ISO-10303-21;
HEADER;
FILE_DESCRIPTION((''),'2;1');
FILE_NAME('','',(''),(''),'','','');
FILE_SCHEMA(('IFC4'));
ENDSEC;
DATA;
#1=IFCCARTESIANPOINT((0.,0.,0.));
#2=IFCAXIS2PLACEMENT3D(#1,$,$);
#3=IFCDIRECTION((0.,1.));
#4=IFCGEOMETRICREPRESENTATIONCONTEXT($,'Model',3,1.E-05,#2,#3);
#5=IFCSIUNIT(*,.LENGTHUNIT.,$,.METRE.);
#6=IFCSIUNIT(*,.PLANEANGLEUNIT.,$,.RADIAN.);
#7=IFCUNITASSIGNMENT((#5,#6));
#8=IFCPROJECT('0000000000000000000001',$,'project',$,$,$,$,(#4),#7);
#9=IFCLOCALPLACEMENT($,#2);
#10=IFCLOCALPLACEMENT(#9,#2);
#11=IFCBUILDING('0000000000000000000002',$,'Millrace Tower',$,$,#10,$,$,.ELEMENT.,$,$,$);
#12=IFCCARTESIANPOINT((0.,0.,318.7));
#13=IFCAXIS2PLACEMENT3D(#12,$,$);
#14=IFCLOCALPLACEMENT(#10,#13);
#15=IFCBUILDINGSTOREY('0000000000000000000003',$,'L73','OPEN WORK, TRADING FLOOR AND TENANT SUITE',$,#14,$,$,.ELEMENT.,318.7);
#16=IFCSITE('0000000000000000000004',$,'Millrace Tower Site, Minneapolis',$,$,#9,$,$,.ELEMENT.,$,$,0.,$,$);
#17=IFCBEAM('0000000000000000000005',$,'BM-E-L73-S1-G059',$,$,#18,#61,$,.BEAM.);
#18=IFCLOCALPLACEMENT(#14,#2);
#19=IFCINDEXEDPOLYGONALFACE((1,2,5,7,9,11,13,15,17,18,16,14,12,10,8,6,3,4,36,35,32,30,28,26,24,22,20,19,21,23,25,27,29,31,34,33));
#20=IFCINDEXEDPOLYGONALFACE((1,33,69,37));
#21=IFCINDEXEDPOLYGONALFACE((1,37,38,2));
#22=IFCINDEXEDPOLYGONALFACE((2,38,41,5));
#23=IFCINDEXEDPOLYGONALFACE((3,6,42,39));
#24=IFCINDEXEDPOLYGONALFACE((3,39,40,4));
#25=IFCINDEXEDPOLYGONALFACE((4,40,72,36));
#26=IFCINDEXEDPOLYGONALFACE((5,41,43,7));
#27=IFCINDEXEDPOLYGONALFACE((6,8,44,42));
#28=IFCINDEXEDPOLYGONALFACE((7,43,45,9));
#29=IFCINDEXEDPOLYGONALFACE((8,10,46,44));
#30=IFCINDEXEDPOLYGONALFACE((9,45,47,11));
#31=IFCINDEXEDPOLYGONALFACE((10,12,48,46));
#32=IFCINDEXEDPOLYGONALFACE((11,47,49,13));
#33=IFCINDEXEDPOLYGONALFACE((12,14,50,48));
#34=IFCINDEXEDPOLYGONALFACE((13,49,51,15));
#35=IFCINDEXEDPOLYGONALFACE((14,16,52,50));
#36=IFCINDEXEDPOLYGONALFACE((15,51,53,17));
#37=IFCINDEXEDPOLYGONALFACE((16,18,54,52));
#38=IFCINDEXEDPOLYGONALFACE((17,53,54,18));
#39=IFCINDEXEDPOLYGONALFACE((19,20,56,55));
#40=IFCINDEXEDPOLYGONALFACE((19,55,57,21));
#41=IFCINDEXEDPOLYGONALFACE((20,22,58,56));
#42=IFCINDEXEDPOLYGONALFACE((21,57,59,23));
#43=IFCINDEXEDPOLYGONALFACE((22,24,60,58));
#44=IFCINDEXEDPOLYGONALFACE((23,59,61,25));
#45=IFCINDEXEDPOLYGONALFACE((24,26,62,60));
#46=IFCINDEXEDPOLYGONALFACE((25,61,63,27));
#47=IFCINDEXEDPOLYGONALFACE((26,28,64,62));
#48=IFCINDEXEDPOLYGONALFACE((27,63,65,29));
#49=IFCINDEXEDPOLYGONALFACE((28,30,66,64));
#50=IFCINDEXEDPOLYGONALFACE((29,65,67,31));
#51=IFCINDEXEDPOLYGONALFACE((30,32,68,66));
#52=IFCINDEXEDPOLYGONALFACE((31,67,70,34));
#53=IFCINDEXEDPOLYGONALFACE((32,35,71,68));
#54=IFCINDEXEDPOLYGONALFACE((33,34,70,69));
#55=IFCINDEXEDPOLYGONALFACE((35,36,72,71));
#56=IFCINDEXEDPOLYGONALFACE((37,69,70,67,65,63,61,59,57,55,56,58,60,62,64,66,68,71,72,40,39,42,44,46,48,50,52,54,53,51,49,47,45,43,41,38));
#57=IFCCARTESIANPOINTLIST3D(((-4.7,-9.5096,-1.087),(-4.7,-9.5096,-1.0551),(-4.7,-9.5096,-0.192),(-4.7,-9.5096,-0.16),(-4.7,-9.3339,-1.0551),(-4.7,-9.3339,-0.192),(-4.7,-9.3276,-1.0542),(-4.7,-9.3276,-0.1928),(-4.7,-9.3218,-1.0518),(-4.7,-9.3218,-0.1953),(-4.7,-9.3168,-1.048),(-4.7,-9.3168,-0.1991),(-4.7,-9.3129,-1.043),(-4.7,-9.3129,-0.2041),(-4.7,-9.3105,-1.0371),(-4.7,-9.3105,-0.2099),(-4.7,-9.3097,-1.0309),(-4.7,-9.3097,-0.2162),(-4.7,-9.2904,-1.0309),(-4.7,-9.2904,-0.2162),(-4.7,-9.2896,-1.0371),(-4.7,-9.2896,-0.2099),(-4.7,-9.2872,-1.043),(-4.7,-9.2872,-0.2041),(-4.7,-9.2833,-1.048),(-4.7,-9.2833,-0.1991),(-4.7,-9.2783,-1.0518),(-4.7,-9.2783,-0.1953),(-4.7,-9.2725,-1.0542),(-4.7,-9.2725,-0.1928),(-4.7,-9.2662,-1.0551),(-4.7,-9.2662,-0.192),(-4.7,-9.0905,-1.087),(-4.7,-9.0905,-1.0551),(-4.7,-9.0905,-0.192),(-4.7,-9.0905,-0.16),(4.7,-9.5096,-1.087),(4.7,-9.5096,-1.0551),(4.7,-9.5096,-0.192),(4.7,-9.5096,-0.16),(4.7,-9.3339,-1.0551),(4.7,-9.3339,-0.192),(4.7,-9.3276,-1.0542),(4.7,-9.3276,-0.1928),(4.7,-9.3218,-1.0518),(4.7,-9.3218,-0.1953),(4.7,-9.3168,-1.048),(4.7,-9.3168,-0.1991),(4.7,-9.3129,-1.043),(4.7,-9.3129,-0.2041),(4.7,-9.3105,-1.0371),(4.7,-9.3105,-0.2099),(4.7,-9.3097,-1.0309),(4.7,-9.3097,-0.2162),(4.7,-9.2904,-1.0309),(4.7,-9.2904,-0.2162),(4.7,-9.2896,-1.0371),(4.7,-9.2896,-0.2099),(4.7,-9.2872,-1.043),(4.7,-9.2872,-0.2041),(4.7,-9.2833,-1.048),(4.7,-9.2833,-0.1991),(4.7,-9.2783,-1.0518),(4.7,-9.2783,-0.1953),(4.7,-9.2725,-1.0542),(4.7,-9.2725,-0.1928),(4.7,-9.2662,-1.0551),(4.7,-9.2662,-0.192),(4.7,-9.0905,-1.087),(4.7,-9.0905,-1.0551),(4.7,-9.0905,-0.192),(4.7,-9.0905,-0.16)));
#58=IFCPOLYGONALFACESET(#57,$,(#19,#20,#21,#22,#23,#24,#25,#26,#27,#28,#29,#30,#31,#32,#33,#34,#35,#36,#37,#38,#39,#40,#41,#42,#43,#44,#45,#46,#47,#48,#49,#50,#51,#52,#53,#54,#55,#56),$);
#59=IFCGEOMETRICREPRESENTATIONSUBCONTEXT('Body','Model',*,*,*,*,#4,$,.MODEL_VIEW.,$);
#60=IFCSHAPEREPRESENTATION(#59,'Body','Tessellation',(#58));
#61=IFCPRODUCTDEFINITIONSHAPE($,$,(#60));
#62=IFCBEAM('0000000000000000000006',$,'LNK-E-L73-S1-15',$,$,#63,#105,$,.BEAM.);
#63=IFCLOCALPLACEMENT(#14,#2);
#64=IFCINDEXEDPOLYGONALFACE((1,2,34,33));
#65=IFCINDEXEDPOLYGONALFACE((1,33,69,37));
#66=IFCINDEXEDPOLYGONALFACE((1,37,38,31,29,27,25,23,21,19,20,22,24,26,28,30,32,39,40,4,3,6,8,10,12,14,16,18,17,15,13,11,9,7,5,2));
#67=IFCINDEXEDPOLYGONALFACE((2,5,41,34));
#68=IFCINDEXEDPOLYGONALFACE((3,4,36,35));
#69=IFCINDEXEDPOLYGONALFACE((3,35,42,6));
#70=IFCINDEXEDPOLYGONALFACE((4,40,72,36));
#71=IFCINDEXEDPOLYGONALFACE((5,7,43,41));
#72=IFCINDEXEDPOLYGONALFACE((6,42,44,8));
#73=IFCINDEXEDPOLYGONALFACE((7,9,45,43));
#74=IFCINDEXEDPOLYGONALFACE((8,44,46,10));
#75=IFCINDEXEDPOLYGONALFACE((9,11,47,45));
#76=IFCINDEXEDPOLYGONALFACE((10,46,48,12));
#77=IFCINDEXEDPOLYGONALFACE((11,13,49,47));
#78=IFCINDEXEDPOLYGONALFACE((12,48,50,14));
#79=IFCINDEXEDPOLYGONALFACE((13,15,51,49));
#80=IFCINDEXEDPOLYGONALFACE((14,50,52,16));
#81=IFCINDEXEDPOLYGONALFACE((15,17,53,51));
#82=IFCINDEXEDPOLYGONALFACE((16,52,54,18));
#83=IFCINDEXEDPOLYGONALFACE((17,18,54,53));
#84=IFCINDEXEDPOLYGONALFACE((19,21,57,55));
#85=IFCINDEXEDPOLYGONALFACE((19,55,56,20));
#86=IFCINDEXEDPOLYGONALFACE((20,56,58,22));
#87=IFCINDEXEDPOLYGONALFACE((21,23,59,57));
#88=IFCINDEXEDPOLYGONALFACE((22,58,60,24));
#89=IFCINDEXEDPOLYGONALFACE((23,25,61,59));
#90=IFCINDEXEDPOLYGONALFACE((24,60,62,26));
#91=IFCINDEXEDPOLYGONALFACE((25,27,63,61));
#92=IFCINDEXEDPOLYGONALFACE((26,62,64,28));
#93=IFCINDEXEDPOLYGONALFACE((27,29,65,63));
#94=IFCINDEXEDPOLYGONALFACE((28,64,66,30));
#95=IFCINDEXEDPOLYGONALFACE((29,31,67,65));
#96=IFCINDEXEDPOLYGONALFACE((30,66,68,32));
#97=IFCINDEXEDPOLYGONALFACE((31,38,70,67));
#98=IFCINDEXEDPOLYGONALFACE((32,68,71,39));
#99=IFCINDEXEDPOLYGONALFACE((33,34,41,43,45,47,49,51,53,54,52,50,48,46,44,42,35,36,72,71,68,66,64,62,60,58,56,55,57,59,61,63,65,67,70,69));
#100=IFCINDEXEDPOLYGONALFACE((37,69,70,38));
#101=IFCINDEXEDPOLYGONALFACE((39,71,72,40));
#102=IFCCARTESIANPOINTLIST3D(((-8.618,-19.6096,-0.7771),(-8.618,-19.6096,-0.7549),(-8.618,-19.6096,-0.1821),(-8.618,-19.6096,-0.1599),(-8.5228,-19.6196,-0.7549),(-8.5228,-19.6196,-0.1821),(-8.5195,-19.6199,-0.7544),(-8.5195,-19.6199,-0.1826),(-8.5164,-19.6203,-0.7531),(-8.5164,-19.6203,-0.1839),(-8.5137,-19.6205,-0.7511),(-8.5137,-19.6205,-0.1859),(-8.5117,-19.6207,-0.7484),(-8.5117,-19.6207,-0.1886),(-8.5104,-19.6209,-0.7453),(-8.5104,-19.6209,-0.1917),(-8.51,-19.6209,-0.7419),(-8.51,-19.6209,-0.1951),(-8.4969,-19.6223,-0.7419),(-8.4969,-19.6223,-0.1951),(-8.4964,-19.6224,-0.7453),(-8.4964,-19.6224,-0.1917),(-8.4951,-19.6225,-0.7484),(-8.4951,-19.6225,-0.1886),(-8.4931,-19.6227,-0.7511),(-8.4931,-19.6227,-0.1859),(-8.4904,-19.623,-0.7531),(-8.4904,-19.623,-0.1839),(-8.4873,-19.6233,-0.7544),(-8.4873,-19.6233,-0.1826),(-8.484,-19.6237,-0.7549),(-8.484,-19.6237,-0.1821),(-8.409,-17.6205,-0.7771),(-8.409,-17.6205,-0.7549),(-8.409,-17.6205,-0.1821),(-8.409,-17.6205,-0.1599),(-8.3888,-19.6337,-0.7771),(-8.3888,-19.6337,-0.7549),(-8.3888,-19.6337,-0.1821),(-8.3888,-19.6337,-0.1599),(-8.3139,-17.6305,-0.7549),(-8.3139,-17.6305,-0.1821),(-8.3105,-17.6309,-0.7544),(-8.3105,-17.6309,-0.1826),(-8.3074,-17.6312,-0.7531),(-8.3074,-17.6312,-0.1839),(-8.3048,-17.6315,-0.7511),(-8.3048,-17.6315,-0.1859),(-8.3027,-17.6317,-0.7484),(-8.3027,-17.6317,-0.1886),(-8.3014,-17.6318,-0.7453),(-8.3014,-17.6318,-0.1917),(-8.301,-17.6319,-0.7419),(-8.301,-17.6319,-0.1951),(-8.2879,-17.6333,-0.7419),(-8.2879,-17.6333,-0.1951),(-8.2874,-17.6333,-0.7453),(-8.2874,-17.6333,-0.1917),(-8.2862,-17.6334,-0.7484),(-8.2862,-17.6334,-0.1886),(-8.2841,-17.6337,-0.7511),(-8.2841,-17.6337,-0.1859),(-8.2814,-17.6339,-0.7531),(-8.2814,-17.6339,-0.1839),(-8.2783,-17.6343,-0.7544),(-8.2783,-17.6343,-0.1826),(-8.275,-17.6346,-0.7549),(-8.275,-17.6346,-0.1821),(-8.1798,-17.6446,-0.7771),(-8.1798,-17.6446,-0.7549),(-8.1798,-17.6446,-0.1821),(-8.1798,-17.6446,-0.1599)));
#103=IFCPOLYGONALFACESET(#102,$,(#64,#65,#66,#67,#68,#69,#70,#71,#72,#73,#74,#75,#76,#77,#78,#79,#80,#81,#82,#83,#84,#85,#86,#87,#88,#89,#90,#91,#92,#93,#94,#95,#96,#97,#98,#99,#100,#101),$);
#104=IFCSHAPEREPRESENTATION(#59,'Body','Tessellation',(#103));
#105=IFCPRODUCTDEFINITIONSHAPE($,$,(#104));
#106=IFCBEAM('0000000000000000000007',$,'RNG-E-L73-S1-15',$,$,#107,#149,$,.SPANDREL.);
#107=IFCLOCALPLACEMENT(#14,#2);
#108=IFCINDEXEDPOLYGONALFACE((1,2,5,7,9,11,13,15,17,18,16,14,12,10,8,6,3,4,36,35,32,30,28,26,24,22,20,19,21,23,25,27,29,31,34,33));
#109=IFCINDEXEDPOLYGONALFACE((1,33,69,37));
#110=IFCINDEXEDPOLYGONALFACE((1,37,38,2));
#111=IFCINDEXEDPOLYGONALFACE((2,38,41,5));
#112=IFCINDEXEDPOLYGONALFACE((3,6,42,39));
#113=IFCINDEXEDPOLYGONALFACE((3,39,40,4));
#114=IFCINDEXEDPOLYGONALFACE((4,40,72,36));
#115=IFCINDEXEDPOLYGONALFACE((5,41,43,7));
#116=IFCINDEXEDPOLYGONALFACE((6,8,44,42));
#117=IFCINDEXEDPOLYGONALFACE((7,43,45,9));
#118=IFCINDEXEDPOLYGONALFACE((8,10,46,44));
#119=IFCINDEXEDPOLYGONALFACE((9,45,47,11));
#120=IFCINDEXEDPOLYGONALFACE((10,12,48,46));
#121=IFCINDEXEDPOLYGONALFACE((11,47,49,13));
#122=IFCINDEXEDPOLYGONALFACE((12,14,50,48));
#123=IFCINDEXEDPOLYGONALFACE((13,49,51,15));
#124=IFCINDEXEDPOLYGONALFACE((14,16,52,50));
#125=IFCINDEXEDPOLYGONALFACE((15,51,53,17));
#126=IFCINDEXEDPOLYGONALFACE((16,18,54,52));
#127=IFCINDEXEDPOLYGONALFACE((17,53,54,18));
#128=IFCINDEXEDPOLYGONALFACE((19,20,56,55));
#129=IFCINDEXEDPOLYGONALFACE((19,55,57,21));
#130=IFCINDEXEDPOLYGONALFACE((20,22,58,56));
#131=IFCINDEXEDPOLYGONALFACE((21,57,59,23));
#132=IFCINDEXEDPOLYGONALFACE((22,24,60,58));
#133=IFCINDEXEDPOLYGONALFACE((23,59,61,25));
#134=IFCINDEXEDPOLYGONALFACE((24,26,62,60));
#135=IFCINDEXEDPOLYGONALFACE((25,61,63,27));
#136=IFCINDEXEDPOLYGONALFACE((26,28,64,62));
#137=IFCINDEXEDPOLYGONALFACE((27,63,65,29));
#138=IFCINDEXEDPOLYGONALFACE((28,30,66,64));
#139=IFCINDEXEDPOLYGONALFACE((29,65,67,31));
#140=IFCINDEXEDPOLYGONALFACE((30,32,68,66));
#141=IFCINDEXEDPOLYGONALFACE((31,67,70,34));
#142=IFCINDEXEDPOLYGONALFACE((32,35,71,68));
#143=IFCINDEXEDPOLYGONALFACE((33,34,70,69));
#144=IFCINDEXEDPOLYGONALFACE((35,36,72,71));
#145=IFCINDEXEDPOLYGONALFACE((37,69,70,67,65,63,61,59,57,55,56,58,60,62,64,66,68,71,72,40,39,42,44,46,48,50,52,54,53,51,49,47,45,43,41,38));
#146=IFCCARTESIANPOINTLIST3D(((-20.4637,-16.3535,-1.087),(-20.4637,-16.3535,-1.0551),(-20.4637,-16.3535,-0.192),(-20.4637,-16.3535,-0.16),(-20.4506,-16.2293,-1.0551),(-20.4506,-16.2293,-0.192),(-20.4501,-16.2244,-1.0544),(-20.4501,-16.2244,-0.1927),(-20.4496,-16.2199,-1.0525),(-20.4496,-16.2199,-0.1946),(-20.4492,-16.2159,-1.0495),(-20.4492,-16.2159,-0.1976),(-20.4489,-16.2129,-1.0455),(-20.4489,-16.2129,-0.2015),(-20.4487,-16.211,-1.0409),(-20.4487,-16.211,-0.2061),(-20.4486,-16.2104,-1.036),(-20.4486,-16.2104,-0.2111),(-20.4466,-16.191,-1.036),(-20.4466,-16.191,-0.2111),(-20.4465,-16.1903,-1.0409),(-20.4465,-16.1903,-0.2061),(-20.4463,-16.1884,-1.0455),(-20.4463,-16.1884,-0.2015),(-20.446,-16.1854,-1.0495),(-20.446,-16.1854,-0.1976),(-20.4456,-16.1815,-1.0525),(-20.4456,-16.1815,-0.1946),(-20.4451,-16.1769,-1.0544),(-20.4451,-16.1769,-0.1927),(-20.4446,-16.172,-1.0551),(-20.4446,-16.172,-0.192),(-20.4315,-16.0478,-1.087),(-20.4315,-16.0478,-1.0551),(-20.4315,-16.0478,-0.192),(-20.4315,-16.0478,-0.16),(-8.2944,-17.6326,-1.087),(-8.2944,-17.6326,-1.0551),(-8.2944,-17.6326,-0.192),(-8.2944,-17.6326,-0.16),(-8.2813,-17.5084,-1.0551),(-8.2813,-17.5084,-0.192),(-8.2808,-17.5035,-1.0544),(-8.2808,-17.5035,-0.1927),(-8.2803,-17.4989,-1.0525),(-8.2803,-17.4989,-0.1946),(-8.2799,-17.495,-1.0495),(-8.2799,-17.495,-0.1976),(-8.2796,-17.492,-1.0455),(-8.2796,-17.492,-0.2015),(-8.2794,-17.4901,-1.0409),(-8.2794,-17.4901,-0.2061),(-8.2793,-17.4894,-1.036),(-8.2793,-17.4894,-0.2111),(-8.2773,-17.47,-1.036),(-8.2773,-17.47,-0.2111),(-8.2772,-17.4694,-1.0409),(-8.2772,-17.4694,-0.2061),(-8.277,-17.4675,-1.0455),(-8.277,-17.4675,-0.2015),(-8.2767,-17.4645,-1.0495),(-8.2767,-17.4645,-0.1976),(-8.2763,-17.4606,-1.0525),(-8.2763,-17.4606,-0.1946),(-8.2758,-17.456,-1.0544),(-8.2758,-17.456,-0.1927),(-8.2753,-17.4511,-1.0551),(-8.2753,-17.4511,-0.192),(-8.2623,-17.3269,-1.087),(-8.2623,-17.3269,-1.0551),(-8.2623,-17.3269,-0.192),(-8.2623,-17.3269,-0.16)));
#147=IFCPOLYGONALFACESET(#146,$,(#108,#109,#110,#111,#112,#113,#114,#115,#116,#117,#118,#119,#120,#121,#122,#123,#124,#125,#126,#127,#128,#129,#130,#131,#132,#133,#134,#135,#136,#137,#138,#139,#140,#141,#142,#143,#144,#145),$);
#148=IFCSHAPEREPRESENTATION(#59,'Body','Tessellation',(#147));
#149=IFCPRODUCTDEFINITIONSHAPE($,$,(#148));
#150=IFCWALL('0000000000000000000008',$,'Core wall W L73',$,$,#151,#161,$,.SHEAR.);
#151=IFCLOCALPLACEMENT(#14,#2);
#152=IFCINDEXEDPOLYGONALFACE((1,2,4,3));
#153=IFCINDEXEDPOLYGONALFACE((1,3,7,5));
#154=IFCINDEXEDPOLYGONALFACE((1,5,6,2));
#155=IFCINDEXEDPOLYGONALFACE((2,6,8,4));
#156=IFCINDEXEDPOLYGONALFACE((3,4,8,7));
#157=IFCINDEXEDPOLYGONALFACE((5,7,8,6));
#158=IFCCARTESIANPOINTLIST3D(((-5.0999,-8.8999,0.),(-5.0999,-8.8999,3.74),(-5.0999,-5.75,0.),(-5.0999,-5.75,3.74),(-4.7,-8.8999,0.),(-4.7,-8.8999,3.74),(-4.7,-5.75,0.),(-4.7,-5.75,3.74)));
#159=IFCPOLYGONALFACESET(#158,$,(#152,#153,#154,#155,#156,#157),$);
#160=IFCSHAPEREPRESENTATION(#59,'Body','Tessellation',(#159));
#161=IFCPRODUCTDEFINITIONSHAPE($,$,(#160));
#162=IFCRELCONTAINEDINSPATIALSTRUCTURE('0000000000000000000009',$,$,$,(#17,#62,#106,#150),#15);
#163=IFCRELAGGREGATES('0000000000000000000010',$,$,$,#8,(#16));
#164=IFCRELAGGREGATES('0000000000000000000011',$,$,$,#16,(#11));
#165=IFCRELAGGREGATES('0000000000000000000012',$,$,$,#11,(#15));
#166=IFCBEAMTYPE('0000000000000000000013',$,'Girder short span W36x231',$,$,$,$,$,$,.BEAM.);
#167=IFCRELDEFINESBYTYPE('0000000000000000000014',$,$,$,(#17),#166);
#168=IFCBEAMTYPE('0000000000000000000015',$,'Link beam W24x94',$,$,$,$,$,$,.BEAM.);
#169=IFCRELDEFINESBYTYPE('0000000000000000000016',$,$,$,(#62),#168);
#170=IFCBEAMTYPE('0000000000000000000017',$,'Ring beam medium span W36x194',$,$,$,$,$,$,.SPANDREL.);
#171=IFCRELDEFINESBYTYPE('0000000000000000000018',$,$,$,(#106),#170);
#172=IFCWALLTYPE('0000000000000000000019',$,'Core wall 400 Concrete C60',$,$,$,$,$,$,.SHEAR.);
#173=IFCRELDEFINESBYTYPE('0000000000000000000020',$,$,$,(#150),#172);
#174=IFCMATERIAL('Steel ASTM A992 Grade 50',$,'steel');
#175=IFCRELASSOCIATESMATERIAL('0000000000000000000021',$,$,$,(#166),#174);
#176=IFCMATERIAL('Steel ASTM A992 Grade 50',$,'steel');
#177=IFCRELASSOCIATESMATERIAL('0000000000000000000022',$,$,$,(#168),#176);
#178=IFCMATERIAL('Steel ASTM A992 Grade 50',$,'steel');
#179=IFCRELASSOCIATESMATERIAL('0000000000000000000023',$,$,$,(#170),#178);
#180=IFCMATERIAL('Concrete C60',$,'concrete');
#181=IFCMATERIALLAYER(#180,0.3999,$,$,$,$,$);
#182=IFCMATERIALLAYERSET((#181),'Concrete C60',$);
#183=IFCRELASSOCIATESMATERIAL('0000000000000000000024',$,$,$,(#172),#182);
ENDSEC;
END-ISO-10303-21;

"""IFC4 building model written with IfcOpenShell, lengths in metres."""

from ifc_helpers import new_model, si_unit, direction, frame, frame_2d, origin, origin_2d, place, context, subcontext, project, spatial, rectangle, i_section, extrude, material, layer, layer_set, material_profile, profile_set, type_object, element, save


model = new_model("IFC4")

# Units and contexts
model_context = context("Model", 3, precision=1e-05, world=origin(), true_north=direction((0.0, 1.0)))
body_context = subcontext(model_context, "Body", "Model", "MODEL_VIEW")
ifc_project = project(units=[si_unit("LENGTHUNIT", "METRE"), si_unit("PLANEANGLEUNIT", "RADIAN")], contexts=[model_context])

# Site, building, storey
site_placement = place(None, origin())
site = spatial("IfcSite", under=ifc_project, at=site_placement, Name="Millrace Tower Site, Minneapolis", CompositionType="ELEMENT", RefElevation=0.0)
building_placement = place(site_placement, origin())
building = spatial("IfcBuilding", under=site, at=building_placement, Name="Millrace Tower", CompositionType="ELEMENT")
storey_placement = place(building_placement, frame((0.0, 0.0, 318.7)))
storey = spatial("IfcBuildingStorey", under=building, at=storey_placement, Name="L73", Description="OPEN WORK, TRADING FLOOR AND TENANT SUITE", CompositionType="ELEMENT", Elevation=318.7)

# Beams
ifc_material_1 = material(Name="Steel ASTM A992 Grade 50", Category="steel")
ifc_material_profile_1 = material_profile(ifc_material_1, i_section(OverallWidth=0.4192, OverallDepth=0.927, WebThickness=0.0193, FlangeThickness=0.032, FilletRadius=0.0242, at=origin_2d()))
ifc_profile_set_1 = profile_set([ifc_material_profile_1], Name="Steel ASTM A992 Grade 50")
beam_type_1 = type_object("IfcBeamType", Name="Girder short span W36x231", PredefinedType="BEAM", material=ifc_profile_set_1)
beam_1_placement = place(storey_placement, frame((-4.7, -9.3, -0.6235), z_axis=(1.0, 0.0, 0.0), x_axis=(0.0, 1.0, 0.0)))
element("IfcBeam", 1, at=beam_1_placement, inside=storey, type_object=beam_type_1, Name="BM-E-L73-S1-G059", PredefinedType="BEAM", context=body_context, shape_type="SweptSolid", body=[
    extrude(i_section(OverallWidth=0.4192, OverallDepth=0.927, WebThickness=0.0193, FlangeThickness=0.032, FilletRadius=0.0242, at=origin_2d()), origin(), (0.0, 0.0, 1.0), 9.3999),
])
ifc_material_2 = material(Name="Steel ASTM A992 Grade 50", Category="steel")
ifc_material_profile_2 = material_profile(ifc_material_2, i_section(OverallWidth=0.2305, OverallDepth=0.6172, WebThickness=0.0132, FlangeThickness=0.0222, FilletRadius=0.0129, at=origin_2d()))
ifc_profile_set_2 = profile_set([ifc_material_profile_2], Name="Steel ASTM A992 Grade 50")
beam_type_2 = type_object("IfcBeamType", Name="Link beam W24x94", PredefinedType="BEAM", material=ifc_profile_set_2)
beam_2_placement = place(storey_placement, frame((-8.2944, -17.6326, -0.4685), z_axis=(-0.104494, -0.994526, 0.0), x_axis=(0.994526, -0.104494, 0.0)))
element("IfcBeam", 2, at=beam_2_placement, inside=storey, type_object=beam_type_2, Name="LNK-E-L73-S1-15", PredefinedType="BEAM", context=body_context, shape_type="SweptSolid", body=[
    extrude(i_section(OverallWidth=0.2305, OverallDepth=0.6172, WebThickness=0.0132, FlangeThickness=0.0222, FilletRadius=0.0129, at=origin_2d()), origin(), (0.0, 0.0, 1.0), 2.0),
])
ifc_material_3 = material(Name="Steel ASTM A992 Grade 50", Category="steel")
ifc_material_profile_3 = material_profile(ifc_material_3, i_section(OverallWidth=0.3074, OverallDepth=0.927, WebThickness=0.0195, FlangeThickness=0.032, FilletRadius=0.019, at=origin_2d()))
ifc_profile_set_3 = profile_set([ifc_material_profile_3], Name="Steel ASTM A992 Grade 50")
beam_type_3 = type_object("IfcBeamType", Name="Ring beam medium span W36x194", PredefinedType="SPANDREL", material=ifc_profile_set_3)
beam_3_placement = place(storey_placement, frame((-8.2783, -17.4797, -0.6235), z_axis=(-0.994522, 0.10453, 0.0), x_axis=(-0.10453, -0.994522, 0.0)))
element("IfcBeam", 3, at=beam_3_placement, inside=storey, type_object=beam_type_3, Name="RNG-E-L73-S1-15", PredefinedType="SPANDREL", context=body_context, shape_type="SweptSolid", body=[
    extrude(i_section(OverallWidth=0.3074, OverallDepth=0.927, WebThickness=0.0195, FlangeThickness=0.032, FilletRadius=0.019, at=origin_2d()), origin(), (0.0, 0.0, 1.0), 12.2363),
])

# Wall
ifc_material_4 = material(Name="Concrete C60", Category="concrete")
ifc_layer_1 = layer(ifc_material_4, 0.3999)
ifc_layer_set_1 = layer_set([ifc_layer_1], Name="Concrete C60")
wall_type_1 = type_object("IfcWallType", Name="Core wall 400 Concrete C60", PredefinedType="SHEAR", material=ifc_layer_set_1)
wall_1_placement = place(storey_placement, frame((-4.8999, -8.8999, 0.0), z_axis=(0.0, 0.0, 1.0), x_axis=(0.0, 1.0, 0.0)))
element("IfcWall", 4, at=wall_1_placement, inside=storey, type_object=wall_type_1, Name="Core wall W L73", PredefinedType="SHEAR", context=body_context, shape_type="SweptSolid", body=[
    extrude(rectangle(XDim=3.1499, YDim=0.3999, at=frame_2d((1.575, 0.0))), origin(), (0.0, 0.0, 1.0), 3.74),
])

save(model, "model.ifc")
